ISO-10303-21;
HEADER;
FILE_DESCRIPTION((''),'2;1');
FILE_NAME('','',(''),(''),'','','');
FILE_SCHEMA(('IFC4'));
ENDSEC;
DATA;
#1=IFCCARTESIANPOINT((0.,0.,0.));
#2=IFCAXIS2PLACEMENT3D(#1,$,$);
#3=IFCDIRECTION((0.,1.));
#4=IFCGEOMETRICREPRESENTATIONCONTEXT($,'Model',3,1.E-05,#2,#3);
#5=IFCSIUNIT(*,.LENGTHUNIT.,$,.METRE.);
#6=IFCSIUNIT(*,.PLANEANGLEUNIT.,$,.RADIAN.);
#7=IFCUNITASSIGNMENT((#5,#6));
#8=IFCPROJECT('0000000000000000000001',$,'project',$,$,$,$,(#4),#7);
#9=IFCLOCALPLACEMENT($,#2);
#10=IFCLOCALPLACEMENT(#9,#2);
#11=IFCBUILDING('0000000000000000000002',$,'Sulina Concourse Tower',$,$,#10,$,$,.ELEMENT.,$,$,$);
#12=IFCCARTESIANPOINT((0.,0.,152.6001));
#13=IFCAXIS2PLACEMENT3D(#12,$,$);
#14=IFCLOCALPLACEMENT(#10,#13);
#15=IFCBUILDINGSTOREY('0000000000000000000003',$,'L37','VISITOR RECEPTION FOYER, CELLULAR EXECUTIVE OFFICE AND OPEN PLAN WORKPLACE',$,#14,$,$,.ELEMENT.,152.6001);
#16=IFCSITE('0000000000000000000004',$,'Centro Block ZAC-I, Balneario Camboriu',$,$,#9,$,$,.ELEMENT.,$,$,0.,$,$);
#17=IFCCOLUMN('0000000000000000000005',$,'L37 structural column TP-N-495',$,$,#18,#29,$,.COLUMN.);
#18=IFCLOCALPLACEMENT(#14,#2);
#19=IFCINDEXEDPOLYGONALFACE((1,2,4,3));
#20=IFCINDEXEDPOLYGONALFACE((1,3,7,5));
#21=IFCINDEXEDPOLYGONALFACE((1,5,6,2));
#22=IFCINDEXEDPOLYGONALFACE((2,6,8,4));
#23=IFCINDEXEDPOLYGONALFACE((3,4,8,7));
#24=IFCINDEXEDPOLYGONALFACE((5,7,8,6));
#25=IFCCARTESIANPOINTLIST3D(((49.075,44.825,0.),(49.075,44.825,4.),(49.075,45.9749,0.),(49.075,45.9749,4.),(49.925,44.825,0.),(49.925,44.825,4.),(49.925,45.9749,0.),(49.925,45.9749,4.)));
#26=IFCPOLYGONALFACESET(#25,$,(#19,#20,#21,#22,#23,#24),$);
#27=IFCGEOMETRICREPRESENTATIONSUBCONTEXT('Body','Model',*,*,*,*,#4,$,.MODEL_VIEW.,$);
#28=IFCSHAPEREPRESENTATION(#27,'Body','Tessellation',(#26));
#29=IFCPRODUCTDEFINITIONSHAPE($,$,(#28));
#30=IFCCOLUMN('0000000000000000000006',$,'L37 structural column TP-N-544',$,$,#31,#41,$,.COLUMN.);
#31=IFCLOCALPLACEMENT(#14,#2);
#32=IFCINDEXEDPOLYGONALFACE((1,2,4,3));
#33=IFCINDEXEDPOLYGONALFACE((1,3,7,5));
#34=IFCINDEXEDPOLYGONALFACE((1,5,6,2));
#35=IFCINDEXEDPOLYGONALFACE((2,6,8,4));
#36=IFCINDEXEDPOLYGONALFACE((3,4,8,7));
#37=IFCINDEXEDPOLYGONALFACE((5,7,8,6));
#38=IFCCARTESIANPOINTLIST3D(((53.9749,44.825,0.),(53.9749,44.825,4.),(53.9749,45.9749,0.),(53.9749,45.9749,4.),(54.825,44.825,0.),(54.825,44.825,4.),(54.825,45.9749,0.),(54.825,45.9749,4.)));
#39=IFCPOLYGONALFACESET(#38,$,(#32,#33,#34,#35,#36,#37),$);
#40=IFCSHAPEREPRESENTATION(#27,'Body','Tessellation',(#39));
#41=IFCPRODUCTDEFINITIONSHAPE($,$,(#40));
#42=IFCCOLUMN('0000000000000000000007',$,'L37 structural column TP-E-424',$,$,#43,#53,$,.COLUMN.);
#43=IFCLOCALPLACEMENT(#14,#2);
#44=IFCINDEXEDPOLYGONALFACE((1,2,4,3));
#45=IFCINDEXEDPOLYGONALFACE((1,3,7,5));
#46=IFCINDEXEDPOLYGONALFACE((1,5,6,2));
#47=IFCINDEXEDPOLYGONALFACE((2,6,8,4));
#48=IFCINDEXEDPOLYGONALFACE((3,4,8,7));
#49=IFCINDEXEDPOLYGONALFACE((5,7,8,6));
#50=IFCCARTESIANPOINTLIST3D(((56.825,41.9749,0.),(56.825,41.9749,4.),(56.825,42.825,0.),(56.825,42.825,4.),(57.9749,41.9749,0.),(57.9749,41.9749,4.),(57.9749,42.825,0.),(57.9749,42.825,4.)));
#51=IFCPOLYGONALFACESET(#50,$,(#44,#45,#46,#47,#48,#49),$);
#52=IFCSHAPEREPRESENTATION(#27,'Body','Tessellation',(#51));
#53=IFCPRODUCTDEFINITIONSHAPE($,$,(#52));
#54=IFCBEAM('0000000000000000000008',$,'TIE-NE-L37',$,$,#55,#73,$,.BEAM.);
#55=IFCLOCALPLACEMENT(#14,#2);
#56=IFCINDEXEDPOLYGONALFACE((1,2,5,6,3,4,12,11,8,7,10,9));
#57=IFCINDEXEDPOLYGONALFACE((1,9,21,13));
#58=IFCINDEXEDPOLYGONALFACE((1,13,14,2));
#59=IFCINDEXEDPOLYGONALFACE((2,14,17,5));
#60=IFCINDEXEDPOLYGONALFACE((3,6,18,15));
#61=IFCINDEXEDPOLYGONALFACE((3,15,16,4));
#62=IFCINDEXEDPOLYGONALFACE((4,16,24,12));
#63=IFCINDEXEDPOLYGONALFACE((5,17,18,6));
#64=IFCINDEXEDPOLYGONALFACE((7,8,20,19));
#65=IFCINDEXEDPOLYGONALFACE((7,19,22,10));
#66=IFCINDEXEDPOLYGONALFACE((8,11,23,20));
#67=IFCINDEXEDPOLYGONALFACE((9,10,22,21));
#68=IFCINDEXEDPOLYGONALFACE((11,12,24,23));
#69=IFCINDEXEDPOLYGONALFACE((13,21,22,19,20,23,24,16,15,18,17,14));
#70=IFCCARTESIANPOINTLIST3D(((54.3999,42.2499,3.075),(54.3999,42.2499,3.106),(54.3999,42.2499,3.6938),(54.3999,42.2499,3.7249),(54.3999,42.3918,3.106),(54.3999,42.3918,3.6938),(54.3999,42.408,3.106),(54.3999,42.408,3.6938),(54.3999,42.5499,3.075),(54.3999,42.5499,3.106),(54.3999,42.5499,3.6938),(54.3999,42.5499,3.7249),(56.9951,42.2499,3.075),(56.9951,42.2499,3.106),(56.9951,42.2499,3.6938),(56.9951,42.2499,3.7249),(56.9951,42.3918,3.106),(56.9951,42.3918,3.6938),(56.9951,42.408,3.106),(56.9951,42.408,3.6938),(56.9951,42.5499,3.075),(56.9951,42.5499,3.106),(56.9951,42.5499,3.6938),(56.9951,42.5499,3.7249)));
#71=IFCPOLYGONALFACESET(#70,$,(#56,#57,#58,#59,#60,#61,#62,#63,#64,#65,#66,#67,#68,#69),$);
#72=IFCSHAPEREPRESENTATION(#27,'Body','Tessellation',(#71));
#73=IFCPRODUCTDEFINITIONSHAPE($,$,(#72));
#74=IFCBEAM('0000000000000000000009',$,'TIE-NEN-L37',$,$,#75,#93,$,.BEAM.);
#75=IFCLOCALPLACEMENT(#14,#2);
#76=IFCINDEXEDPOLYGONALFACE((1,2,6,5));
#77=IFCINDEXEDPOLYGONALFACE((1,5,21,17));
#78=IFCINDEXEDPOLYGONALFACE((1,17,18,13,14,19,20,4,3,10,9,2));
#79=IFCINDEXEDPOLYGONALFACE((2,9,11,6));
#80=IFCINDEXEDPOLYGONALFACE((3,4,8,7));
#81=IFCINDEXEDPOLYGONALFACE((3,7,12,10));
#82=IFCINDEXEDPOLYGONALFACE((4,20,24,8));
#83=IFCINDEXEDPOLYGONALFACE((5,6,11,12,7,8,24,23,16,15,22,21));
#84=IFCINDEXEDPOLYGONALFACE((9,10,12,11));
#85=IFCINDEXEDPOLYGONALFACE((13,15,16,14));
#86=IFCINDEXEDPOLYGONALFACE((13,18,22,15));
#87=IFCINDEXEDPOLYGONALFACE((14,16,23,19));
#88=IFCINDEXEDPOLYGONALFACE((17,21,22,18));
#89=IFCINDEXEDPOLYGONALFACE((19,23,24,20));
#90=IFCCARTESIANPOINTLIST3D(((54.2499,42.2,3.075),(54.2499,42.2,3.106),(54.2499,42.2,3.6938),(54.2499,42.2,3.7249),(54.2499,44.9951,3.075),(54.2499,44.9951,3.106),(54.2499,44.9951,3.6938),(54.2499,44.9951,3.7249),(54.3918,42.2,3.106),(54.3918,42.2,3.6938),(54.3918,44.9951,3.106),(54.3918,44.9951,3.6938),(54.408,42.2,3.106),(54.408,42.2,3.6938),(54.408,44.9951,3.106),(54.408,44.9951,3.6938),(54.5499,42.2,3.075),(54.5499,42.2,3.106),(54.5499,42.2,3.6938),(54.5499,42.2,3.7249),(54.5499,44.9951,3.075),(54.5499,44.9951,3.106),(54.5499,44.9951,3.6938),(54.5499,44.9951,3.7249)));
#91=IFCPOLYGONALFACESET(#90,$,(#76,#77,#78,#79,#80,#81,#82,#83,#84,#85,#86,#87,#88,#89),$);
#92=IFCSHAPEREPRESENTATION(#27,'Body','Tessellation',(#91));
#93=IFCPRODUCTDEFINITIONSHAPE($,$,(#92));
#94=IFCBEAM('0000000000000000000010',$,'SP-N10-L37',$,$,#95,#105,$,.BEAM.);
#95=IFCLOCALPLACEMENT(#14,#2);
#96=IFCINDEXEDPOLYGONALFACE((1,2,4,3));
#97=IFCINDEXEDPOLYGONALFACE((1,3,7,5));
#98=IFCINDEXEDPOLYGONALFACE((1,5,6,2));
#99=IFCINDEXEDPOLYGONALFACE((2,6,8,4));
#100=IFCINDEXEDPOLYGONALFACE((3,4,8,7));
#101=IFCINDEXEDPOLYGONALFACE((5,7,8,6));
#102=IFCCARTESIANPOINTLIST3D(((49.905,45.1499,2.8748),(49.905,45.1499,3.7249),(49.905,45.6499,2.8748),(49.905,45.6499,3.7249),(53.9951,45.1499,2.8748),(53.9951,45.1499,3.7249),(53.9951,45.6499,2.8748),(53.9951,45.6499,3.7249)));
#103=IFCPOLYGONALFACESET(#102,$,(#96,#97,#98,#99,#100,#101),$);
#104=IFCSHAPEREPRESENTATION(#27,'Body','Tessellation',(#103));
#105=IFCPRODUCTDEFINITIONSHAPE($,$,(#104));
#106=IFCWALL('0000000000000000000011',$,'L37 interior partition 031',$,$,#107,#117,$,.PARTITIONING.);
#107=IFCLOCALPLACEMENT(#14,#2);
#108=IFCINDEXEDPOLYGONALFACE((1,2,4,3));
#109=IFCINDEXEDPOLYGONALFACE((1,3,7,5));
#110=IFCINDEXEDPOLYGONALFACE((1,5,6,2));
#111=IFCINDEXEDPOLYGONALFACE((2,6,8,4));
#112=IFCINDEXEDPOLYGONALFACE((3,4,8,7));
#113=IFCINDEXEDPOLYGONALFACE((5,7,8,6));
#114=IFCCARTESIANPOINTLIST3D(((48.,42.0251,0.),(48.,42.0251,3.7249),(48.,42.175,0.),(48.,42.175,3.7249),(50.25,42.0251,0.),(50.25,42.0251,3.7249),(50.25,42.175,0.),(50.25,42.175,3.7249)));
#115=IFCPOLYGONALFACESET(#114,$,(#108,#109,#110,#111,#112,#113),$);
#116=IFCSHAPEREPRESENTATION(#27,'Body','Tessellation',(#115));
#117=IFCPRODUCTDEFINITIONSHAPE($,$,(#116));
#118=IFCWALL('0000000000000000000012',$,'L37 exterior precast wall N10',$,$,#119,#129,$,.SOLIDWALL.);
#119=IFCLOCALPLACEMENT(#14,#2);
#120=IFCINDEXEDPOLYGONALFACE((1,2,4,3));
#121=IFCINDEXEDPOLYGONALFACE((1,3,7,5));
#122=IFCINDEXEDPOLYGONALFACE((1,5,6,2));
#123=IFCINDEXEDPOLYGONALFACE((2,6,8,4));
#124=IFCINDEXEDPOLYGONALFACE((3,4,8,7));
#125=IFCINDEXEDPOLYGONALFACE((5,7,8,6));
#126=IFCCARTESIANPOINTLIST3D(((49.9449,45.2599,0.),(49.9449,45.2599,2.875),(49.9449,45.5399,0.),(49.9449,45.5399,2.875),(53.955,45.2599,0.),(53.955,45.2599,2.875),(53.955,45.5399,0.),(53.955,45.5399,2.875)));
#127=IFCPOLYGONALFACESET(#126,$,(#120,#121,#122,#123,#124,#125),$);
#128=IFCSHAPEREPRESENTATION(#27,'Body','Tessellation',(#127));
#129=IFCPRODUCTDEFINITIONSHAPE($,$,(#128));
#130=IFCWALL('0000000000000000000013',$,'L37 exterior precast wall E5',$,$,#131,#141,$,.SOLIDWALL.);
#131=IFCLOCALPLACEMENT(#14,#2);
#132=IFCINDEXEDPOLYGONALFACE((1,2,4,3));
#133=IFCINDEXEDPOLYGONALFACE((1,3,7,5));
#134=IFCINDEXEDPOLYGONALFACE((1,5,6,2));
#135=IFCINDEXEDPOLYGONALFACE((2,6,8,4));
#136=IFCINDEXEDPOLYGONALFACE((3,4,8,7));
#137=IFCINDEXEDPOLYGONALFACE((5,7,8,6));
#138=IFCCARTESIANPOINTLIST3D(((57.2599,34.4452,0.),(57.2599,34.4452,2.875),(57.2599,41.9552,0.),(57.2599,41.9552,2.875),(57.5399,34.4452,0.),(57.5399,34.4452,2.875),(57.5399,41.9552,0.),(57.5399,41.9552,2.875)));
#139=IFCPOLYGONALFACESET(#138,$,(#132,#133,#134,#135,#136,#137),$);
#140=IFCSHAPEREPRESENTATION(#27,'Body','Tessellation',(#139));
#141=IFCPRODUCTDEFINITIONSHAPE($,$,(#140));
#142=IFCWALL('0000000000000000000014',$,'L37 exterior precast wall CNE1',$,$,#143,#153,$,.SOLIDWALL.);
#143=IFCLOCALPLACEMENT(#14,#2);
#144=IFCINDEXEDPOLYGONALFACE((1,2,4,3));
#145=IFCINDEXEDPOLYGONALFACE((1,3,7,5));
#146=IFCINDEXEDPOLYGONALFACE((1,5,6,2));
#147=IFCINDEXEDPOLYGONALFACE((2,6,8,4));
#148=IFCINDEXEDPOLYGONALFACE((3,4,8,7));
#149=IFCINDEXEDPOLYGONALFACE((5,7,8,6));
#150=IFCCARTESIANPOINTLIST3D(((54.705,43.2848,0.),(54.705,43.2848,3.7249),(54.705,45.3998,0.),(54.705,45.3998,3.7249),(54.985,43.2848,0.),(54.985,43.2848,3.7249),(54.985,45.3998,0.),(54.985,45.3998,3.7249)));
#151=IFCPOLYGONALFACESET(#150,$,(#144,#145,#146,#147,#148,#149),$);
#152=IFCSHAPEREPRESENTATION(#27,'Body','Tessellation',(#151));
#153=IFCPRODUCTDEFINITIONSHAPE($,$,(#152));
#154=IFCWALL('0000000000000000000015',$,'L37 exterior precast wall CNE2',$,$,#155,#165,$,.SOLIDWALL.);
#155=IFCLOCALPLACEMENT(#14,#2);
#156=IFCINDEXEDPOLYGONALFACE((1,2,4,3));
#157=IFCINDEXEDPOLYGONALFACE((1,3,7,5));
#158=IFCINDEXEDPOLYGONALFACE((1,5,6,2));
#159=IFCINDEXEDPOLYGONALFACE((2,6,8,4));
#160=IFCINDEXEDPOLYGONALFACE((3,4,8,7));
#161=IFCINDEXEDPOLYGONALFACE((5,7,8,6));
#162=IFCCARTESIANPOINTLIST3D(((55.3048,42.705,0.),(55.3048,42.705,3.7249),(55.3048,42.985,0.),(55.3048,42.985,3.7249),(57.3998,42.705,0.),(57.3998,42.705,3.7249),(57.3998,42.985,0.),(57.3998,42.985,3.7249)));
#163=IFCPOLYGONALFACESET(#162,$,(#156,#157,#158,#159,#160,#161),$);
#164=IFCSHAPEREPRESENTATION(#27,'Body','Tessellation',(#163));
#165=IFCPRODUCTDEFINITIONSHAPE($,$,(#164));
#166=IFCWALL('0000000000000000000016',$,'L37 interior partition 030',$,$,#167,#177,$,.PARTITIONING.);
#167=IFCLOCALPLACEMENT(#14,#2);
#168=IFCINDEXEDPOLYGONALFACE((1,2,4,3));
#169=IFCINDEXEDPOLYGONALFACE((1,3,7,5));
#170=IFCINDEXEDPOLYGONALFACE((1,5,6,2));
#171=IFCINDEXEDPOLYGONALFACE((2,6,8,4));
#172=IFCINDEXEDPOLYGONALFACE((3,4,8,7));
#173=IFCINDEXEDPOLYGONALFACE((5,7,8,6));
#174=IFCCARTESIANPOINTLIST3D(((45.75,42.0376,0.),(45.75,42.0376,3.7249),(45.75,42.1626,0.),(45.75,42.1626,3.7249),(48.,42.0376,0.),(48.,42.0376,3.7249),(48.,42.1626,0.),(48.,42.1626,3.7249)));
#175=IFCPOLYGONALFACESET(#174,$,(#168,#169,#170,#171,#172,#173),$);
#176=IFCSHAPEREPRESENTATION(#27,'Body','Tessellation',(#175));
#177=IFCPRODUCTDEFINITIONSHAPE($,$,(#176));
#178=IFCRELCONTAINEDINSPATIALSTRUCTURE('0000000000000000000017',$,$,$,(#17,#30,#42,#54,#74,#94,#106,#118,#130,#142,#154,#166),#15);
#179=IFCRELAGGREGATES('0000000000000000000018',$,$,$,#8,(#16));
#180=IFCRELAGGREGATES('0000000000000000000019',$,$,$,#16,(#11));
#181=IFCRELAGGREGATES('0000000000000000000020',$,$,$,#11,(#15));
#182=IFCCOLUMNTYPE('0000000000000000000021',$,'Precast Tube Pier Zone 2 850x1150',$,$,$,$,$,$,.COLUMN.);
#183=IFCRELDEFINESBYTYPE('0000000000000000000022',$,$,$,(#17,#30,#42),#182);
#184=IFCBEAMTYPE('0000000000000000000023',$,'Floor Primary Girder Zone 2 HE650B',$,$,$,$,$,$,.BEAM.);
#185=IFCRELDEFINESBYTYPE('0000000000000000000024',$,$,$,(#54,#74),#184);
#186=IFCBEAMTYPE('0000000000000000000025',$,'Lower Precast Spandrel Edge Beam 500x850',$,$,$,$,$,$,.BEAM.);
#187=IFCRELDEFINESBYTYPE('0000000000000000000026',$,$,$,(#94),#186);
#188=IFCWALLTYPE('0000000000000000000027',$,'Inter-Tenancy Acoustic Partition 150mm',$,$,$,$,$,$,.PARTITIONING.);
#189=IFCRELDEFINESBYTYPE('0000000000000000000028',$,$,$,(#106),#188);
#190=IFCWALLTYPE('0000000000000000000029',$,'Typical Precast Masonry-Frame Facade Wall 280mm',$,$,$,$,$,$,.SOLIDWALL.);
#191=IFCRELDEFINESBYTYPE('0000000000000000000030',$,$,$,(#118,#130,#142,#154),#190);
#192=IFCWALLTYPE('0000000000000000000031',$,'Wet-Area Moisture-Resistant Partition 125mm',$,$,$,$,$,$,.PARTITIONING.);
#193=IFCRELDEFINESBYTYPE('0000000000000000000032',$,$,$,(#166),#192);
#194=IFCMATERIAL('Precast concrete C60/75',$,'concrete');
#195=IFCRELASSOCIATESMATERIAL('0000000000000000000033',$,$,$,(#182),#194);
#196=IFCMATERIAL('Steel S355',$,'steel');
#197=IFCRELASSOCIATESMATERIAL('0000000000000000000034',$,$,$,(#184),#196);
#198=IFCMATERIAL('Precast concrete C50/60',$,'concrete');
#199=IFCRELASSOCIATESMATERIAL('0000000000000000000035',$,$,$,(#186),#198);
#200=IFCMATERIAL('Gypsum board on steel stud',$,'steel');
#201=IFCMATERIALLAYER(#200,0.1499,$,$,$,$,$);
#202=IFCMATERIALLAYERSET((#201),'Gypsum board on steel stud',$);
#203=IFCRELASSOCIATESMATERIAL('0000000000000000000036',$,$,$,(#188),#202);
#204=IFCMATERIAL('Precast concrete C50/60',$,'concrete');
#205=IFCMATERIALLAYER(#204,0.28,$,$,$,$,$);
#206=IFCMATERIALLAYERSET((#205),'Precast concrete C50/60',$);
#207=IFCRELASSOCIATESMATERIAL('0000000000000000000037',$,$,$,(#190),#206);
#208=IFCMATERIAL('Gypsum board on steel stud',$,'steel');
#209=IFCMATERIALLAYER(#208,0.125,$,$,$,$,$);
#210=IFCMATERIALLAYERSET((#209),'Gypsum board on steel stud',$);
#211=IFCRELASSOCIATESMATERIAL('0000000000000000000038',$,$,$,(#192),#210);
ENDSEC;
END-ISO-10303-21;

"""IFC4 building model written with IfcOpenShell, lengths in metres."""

from ifc_helpers import new_model, si_unit, direction, frame, frame_2d, origin, origin_2d, place, context, subcontext, project, spatial, rectangle, i_section, extrude, material, layer, layer_set, material_profile, profile_set, type_object, element, save


model = new_model("IFC4")

# Units and contexts
model_context = context("Model", 3, precision=1e-05, world=origin(), true_north=direction((0.0, 1.0)))
body_context = subcontext(model_context, "Body", "Model", "MODEL_VIEW")
ifc_project = project(units=[si_unit("LENGTHUNIT", "METRE"), si_unit("PLANEANGLEUNIT", "RADIAN")], contexts=[model_context])

# Site, building, storey
site_placement = place(None, origin())
site = spatial("IfcSite", under=ifc_project, at=site_placement, Name="Centro Block ZAC-I, Balneario Camboriu", CompositionType="ELEMENT", RefElevation=0.0)
building_placement = place(site_placement, origin())
building = spatial("IfcBuilding", under=site, at=building_placement, Name="Sulina Concourse Tower", CompositionType="ELEMENT")
storey_placement = place(building_placement, frame((0.0, 0.0, 152.6001)))
storey = spatial("IfcBuildingStorey", under=building, at=storey_placement, Name="L37", Description="VISITOR RECEPTION FOYER, CELLULAR EXECUTIVE OFFICE AND OPEN PLAN WORKPLACE", CompositionType="ELEMENT", Elevation=152.6001)

# Columns
ifc_material_1 = material(Name="Precast concrete C60/75", Category="concrete")
ifc_material_profile_1 = material_profile(ifc_material_1, rectangle(XDim=0.8501, YDim=1.1499, at=origin_2d()), Name="PC 850x1150")
ifc_profile_set_1 = profile_set([ifc_material_profile_1], Name="Precast concrete C60/75")
column_type = type_object("IfcColumnType", Name="Precast Tube Pier Zone 2 850x1150", PredefinedType="COLUMN", material=ifc_profile_set_1)
for number, where, z_axis, x_axis, name in (
    (1, (49.5, 45.3999, 0.0), (0.0, 0.0, 1.0), (1.0, 0.0, 0.0), "L37 structural column TP-N-495"),
    (2, (54.3999, 45.3999, 0.0), (0.0, 0.0, 1.0), (1.0, 0.0, 0.0), "L37 structural column TP-N-544"),
    (3, (57.3999, 42.3999, 0.0), (0.0, 0.0, 1.0), (0.0, 1.0, 0.0), "L37 structural column TP-E-424"),
):
    element("IfcColumn", number, at=place(storey_placement, frame(where, z_axis=z_axis, x_axis=x_axis)), inside=storey, type_object=column_type, Name=name, PredefinedType="COLUMN", context=body_context, shape_type="SweptSolid", body=[
        extrude(rectangle(XDim=0.8501, YDim=1.1499, at=origin_2d()), origin(), (0.0, 0.0, 1.0), 4.0),
    ])

# Beams
ifc_material_2 = material(Name="Steel S355", Category="steel")
ifc_material_profile_2 = material_profile(ifc_material_2, i_section(OverallWidth=0.3, OverallDepth=0.6499, WebThickness=0.0161, FlangeThickness=0.031, at=origin_2d()), Name="HE 650 B")
ifc_profile_set_2 = profile_set([ifc_material_profile_2], Name="Steel S355")
beam_type_1 = type_object("IfcBeamType", Name="Floor Primary Girder Zone 2 HE650B", PredefinedType="BEAM", material=ifc_profile_set_2)
beam_1_placement = place(storey_placement, frame((54.3999, 42.3999, 3.3999), z_axis=(1.0, 0.0, 0.0), x_axis=(0.0, 1.0, 0.0)))
element("IfcBeam", 4, at=beam_1_placement, inside=storey, type_object=beam_type_1, Name="TIE-NE-L37", PredefinedType="BEAM", context=body_context, shape_type="SweptSolid", body=[
    extrude(i_section(OverallWidth=0.3, OverallDepth=0.6499, WebThickness=0.0161, FlangeThickness=0.031, at=origin_2d()), origin(), (0.0, 0.0, 1.0), 2.5952),
])
beam_2_placement = place(storey_placement, frame((54.3999, 42.2, 3.3999), z_axis=(0.0, 1.0, 0.0), x_axis=(-1.0, 0.0, 0.0)))
element("IfcBeam", 5, at=beam_2_placement, inside=storey, type_object=beam_type_1, Name="TIE-NEN-L37", PredefinedType="BEAM", context=body_context, shape_type="SweptSolid", body=[
    extrude(i_section(OverallWidth=0.3, OverallDepth=0.6499, WebThickness=0.0161, FlangeThickness=0.031, at=origin_2d()), origin(), (0.0, 0.0, 1.0), 2.7952),
])
ifc_material_3 = material(Name="Precast concrete C50/60", Category="concrete")
ifc_material_profile_3 = material_profile(ifc_material_3, rectangle(XDim=0.5, YDim=0.8501, at=origin_2d()), Name="RC 500x850")
ifc_profile_set_3 = profile_set([ifc_material_profile_3], Name="Precast concrete C50/60")
beam_type_2 = type_object("IfcBeamType", Name="Lower Precast Spandrel Edge Beam 500x850", PredefinedType="BEAM", material=ifc_profile_set_3)
beam_3_placement = place(storey_placement, frame((49.905, 45.3999, 3.2998), z_axis=(1.0, 0.0, 0.0), x_axis=(0.0, 1.0, 0.0)))
element("IfcBeam", 6, at=beam_3_placement, inside=storey, type_object=beam_type_2, Name="SP-N10-L37", PredefinedType="BEAM", context=body_context, shape_type="SweptSolid", body=[
    extrude(rectangle(XDim=0.5, YDim=0.8501, at=origin_2d()), origin(), (0.0, 0.0, 1.0), 4.0901),
])

# Walls
ifc_material_4 = material(Name="Gypsum board on steel stud", Category="steel")
ifc_layer_1 = layer(ifc_material_4, 0.1499)
ifc_layer_set_1 = layer_set([ifc_layer_1], Name="Gypsum board on steel stud")
wall_type_1 = type_object("IfcWallType", Name="Inter-Tenancy Acoustic Partition 150mm", PredefinedType="PARTITIONING", material=ifc_layer_set_1)
wall_1_placement = place(storey_placement, frame((48.0, 42.1001, 0.0), z_axis=(0.0, 0.0, 1.0), x_axis=(1.0, 0.0, 0.0)))
element("IfcWall", 7, at=wall_1_placement, inside=storey, type_object=wall_type_1, Name="L37 interior partition 031", PredefinedType="PARTITIONING", context=body_context, shape_type="SweptSolid", body=[
    extrude(rectangle(XDim=2.25, YDim=0.1499, at=frame_2d((1.125, 0.0))), origin(), (0.0, 0.0, 1.0), 3.7249),
])
ifc_material_5 = material(Name="Precast concrete C50/60", Category="concrete")
ifc_layer_2 = layer(ifc_material_5, 0.28)
ifc_layer_set_2 = layer_set([ifc_layer_2], Name="Precast concrete C50/60")
wall_type_2 = type_object("IfcWallType", Name="Typical Precast Masonry-Frame Facade Wall 280mm", PredefinedType="SOLIDWALL", material=ifc_layer_set_2)
wall_2_placement = place(storey_placement, frame((49.9451, 45.3999, 0.0), z_axis=(0.0, 0.0, 1.0), x_axis=(1.0, 0.0, 0.0)))
element("IfcWall", 8, at=wall_2_placement, inside=storey, type_object=wall_type_2, Name="L37 exterior precast wall N10", PredefinedType="SOLIDWALL", context=body_context, shape_type="SweptSolid", body=[
    extrude(rectangle(XDim=4.01, YDim=0.28, at=frame_2d((2.0049, 0.0))), origin(), (0.0, 0.0, 1.0), 2.875),
])
wall_3_placement = place(storey_placement, frame((57.3999, 41.9551, 0.0), z_axis=(0.0, 0.0, 1.0), x_axis=(0.0, -1.0, 0.0)))
element("IfcWall", 9, at=wall_3_placement, inside=storey, type_object=wall_type_2, Name="L37 exterior precast wall E5", PredefinedType="SOLIDWALL", context=body_context, shape_type="SweptSolid", body=[
    extrude(rectangle(XDim=7.51, YDim=0.28, at=frame_2d((3.7549, 0.0))), origin(), (0.0, 0.0, 1.0), 2.875),
])
wall_4_placement = place(storey_placement, frame((54.845, 45.3999, 0.0), z_axis=(0.0, 0.0, 1.0), x_axis=(0.0, -1.0, 0.0)))
element("IfcWall", 10, at=wall_4_placement, inside=storey, type_object=wall_type_2, Name="L37 exterior precast wall CNE1", PredefinedType="SOLIDWALL", context=body_context, shape_type="SweptSolid", body=[
    extrude(rectangle(XDim=2.115, YDim=0.28, at=frame_2d((1.0576, 0.0))), origin(), (0.0, 0.0, 1.0), 3.7249),
])
wall_5_placement = place(storey_placement, frame((55.3049, 42.845, 0.0), z_axis=(0.0, 0.0, 1.0), x_axis=(1.0, 0.0, 0.0)))
element("IfcWall", 11, at=wall_5_placement, inside=storey, type_object=wall_type_2, Name="L37 exterior precast wall CNE2", PredefinedType="SOLIDWALL", context=body_context, shape_type="SweptSolid", body=[
    extrude(rectangle(XDim=2.095, YDim=0.28, at=frame_2d((1.0474, 0.0))), origin(), (0.0, 0.0, 1.0), 3.7249),
])
ifc_material_6 = material(Name="Gypsum board on steel stud", Category="steel")
ifc_layer_3 = layer(ifc_material_6, 0.125)
ifc_layer_set_3 = layer_set([ifc_layer_3], Name="Gypsum board on steel stud")
wall_type_3 = type_object("IfcWallType", Name="Wet-Area Moisture-Resistant Partition 125mm", PredefinedType="PARTITIONING", material=ifc_layer_set_3)
wall_6_placement = place(storey_placement, frame((45.75, 42.1001, 0.0), z_axis=(0.0, 0.0, 1.0), x_axis=(1.0, 0.0, 0.0)))
element("IfcWall", 12, at=wall_6_placement, inside=storey, type_object=wall_type_3, Name="L37 interior partition 030", PredefinedType="PARTITIONING", context=body_context, shape_type="SweptSolid", body=[
    extrude(rectangle(XDim=2.25, YDim=0.125, at=frame_2d((1.125, 0.0))), origin(), (0.0, 0.0, 1.0), 3.7249),
])

save(model, "model.ifc")
